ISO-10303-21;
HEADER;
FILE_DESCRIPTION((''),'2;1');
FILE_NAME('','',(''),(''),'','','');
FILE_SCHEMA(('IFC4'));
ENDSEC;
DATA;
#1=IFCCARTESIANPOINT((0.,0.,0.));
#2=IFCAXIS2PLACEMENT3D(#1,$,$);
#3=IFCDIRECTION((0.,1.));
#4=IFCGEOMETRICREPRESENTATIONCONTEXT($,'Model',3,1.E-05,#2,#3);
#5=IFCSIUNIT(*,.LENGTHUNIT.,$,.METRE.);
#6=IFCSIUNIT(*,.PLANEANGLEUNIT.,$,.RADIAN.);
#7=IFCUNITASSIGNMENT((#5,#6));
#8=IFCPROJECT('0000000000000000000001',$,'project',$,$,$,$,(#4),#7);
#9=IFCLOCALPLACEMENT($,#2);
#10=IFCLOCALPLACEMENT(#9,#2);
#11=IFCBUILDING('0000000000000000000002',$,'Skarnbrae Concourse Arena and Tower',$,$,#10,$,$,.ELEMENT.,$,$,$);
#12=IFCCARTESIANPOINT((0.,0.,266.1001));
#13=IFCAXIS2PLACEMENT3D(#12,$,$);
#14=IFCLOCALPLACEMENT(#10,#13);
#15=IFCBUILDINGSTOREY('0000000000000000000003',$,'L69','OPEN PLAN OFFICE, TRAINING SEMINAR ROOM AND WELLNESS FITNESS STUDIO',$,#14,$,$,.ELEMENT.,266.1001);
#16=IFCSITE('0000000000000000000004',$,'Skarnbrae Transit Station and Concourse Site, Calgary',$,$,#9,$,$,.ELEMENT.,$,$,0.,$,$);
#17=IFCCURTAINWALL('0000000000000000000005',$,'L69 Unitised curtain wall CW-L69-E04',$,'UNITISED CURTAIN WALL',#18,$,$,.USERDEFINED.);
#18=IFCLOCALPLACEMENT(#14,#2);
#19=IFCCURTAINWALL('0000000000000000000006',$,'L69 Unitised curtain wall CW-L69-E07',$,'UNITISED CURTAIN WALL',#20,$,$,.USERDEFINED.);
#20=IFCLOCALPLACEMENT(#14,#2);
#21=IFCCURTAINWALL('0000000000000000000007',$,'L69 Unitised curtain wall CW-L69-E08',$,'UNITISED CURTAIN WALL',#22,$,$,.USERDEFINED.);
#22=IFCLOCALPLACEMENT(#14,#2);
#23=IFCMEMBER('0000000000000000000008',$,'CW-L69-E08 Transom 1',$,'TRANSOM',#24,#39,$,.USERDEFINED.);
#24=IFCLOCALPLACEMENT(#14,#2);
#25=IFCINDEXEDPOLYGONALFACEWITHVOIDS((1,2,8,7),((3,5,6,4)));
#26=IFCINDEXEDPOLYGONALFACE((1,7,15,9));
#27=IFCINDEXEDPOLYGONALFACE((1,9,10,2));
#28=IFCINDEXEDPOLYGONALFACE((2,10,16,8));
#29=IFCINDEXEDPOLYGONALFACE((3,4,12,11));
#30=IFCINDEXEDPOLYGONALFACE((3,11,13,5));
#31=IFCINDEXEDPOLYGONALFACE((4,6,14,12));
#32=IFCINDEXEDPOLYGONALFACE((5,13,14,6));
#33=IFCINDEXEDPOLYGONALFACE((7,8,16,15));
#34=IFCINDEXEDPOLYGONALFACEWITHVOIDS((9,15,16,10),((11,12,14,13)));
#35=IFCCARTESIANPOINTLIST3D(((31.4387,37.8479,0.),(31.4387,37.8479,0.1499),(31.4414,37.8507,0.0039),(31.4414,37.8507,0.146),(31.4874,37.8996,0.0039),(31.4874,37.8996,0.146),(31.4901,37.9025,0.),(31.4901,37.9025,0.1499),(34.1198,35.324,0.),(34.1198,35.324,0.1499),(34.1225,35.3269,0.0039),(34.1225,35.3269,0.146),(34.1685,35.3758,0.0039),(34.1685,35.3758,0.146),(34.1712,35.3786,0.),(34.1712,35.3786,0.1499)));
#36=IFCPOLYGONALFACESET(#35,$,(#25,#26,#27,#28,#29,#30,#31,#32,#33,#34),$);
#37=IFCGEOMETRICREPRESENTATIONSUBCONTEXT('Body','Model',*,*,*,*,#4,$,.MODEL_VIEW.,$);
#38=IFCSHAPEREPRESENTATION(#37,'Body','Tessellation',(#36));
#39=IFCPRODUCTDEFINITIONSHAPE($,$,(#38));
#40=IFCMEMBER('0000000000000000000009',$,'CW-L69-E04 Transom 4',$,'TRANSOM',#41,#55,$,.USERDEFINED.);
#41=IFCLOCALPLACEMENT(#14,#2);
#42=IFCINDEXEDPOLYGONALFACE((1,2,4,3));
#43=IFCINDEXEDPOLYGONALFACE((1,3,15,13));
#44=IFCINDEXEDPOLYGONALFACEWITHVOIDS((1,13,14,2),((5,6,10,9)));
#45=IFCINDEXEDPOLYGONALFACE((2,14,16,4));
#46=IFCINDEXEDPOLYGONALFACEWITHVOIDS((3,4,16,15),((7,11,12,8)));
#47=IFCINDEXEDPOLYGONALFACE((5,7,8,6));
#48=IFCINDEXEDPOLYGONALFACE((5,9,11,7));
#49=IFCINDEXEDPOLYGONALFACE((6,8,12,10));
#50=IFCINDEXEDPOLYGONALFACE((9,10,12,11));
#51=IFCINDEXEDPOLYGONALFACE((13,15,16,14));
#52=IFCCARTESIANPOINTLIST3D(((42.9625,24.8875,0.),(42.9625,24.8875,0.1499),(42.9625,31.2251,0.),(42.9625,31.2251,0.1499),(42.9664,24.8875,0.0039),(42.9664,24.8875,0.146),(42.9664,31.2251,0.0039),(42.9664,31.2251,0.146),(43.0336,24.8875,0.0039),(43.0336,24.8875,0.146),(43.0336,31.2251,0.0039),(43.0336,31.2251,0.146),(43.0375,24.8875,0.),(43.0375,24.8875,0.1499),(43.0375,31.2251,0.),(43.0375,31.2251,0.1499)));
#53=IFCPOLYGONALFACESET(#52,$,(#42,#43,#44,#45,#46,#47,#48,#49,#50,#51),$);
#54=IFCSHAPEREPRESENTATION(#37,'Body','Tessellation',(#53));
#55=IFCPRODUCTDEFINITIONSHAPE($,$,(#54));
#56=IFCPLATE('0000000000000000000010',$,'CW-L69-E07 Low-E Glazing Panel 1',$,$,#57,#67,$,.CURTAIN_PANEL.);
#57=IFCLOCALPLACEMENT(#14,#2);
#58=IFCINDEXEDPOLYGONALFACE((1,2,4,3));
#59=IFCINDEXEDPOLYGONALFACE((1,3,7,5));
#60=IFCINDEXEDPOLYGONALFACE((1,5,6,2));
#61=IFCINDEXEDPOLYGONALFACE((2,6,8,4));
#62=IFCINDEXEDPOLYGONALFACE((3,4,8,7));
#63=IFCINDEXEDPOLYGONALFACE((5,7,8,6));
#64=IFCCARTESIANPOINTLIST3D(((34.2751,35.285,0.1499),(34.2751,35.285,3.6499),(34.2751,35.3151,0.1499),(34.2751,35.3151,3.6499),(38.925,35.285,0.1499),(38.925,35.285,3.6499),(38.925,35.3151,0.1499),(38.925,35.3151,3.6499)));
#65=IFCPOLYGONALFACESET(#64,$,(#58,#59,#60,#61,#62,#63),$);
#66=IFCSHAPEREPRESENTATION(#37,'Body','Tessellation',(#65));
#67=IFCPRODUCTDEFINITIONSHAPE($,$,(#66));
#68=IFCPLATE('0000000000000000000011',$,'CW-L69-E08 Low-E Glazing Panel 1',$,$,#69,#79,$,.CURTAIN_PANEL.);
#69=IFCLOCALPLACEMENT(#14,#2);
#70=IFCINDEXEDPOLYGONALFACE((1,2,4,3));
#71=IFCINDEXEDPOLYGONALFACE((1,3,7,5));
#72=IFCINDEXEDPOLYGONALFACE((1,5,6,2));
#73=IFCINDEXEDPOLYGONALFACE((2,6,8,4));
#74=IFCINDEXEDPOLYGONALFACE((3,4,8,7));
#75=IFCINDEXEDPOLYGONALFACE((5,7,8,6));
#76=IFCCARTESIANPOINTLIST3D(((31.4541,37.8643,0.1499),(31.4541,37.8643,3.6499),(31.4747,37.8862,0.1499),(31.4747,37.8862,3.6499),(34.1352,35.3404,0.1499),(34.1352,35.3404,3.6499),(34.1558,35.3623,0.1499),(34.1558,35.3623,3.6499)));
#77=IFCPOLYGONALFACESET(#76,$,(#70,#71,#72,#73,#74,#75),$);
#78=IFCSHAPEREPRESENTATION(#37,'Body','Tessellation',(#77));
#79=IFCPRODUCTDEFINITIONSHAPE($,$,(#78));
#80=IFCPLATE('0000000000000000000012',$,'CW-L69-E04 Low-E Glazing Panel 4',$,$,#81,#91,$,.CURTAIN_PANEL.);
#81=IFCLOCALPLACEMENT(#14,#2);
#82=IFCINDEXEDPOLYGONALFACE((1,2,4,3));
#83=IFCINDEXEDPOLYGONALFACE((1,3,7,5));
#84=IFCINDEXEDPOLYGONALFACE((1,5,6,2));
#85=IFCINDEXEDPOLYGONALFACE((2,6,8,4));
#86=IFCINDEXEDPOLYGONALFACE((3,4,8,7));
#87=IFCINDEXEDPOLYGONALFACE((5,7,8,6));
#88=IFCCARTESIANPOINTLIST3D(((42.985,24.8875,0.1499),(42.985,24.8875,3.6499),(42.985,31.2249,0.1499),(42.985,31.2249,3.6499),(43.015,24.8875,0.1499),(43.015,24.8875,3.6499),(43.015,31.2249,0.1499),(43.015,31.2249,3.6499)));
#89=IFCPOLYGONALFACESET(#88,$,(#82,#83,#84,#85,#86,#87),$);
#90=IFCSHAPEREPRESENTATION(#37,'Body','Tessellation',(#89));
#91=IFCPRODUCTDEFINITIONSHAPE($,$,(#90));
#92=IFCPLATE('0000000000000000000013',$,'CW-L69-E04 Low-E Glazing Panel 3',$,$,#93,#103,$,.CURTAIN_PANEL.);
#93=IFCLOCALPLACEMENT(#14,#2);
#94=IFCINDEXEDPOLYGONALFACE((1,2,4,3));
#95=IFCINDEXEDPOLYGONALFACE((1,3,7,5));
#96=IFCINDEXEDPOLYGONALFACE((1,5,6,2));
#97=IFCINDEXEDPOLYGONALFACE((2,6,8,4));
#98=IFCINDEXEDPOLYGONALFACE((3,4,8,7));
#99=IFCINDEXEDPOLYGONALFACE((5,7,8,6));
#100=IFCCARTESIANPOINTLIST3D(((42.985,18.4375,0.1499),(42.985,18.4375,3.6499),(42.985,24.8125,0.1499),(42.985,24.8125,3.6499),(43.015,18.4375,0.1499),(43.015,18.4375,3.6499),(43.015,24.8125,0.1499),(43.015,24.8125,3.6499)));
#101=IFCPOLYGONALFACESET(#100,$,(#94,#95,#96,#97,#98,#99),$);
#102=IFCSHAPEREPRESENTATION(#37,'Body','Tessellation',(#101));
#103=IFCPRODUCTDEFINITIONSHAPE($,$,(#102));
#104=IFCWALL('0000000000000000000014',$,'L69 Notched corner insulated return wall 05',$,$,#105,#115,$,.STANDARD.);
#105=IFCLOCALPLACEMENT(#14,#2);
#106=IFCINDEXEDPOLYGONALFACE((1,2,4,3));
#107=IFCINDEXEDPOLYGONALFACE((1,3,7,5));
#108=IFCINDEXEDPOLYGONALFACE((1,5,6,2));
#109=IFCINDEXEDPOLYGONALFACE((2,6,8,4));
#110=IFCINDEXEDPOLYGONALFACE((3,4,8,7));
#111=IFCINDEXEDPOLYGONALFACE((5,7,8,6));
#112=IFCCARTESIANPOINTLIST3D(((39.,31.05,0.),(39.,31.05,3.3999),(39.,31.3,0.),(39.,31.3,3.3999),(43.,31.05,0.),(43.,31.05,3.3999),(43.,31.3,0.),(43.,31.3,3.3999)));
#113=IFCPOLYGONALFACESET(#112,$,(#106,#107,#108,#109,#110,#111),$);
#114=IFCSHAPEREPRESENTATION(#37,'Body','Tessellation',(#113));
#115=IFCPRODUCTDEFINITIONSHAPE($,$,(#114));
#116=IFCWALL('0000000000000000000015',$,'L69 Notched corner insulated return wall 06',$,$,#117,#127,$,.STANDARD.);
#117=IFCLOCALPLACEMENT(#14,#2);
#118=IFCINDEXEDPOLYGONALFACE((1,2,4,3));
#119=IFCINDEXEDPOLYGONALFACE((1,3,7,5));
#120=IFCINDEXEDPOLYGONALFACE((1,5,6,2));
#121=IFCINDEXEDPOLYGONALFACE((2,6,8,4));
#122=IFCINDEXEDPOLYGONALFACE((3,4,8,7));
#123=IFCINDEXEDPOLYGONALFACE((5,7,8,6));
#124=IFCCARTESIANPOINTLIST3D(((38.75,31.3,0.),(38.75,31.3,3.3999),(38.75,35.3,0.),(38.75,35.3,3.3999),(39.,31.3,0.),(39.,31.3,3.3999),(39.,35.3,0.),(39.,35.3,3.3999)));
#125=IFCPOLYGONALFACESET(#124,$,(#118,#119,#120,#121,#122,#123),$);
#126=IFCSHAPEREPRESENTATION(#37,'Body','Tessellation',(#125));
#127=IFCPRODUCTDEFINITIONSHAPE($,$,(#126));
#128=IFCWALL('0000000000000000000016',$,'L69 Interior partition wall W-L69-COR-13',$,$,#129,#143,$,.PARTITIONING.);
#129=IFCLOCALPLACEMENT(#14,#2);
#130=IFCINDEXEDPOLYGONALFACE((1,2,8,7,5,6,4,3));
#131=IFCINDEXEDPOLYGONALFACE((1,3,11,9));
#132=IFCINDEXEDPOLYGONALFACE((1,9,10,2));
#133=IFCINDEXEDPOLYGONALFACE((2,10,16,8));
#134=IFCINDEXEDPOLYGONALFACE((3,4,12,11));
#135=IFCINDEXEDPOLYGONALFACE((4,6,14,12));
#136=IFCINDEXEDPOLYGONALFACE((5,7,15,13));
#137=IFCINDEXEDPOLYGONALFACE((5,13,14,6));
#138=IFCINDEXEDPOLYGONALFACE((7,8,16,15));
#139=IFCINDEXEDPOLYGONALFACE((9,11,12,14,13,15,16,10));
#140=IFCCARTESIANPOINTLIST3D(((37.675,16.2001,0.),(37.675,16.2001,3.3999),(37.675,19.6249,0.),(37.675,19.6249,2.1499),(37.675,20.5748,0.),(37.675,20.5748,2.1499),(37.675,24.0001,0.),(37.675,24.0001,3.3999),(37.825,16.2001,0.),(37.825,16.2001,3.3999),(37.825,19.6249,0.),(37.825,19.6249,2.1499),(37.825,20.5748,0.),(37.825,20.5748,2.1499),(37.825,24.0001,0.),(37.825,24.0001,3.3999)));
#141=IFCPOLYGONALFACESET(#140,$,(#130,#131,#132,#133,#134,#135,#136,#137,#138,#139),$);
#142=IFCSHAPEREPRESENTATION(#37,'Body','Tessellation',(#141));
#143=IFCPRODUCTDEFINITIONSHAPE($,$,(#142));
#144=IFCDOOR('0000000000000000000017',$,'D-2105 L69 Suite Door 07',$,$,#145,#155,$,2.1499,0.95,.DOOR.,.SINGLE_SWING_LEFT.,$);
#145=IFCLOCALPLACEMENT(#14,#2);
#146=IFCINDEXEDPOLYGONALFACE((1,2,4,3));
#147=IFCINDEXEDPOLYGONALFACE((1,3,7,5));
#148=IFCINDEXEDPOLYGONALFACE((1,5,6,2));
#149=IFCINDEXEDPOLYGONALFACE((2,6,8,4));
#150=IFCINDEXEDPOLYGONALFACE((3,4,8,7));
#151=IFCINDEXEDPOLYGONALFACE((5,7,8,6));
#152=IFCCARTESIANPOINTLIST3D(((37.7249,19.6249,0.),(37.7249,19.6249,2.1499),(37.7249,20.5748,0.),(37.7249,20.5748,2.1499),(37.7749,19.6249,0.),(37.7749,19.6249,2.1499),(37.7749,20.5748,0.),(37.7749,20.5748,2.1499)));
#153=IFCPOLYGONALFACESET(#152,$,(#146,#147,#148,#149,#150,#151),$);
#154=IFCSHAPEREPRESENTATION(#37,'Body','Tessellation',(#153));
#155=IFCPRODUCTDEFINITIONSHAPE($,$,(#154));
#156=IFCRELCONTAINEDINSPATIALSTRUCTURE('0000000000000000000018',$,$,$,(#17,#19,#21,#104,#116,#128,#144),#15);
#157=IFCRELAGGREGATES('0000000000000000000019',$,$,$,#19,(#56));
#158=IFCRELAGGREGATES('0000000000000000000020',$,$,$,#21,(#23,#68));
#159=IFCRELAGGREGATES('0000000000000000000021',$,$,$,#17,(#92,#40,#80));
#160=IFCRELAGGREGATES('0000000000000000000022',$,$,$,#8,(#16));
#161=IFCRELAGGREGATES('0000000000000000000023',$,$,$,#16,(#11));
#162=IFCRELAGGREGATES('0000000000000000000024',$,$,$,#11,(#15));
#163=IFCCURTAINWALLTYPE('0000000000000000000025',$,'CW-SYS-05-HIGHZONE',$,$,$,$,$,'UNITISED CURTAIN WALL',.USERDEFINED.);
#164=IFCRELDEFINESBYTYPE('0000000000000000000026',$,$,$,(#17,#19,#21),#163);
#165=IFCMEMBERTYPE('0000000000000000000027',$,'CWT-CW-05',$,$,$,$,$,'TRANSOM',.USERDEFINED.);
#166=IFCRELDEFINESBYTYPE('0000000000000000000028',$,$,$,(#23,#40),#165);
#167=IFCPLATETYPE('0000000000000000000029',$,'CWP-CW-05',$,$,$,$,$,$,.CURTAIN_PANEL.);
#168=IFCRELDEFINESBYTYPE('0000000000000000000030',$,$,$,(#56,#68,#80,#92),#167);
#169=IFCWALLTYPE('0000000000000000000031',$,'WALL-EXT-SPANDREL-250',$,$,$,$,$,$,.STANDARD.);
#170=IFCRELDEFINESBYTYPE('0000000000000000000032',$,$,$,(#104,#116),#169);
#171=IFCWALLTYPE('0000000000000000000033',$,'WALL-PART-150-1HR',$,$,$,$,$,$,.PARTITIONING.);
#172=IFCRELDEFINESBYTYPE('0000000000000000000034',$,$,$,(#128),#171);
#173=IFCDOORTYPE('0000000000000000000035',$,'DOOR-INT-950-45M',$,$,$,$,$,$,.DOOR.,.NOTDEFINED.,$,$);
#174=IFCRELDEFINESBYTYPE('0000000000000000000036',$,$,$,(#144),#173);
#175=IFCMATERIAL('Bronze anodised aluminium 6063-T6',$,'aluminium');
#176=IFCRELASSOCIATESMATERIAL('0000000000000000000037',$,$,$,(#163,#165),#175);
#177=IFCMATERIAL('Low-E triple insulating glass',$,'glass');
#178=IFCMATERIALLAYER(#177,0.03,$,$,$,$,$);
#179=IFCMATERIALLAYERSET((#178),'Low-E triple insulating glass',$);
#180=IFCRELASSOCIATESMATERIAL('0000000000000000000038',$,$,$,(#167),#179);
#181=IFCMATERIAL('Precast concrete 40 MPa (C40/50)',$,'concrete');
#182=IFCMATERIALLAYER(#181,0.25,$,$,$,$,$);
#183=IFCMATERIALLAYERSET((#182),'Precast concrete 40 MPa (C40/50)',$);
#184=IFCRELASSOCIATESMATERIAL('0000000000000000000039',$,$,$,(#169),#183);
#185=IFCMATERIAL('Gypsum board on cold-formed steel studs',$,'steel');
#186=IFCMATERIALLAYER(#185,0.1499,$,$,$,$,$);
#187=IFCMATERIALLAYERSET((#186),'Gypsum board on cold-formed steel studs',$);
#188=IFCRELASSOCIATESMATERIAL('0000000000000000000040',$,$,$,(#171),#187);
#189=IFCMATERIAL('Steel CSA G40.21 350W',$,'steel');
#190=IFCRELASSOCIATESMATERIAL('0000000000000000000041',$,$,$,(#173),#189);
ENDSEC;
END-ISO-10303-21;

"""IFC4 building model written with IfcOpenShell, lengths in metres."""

from ifc_helpers import new_model, si_unit, direction, frame, frame_2d, origin, origin_2d, place, context, subcontext, project, spatial, rectangle, hollow_rectangle, extrude, source, transform, mapped, material, layer, layer_set, material_profile, profile_set, type_object, element, fill, aggregate, save


model = new_model("IFC4")

# Units and contexts
model_context = context("Model", 3, precision=1e-05, world=origin(), true_north=direction((0.0, 1.0)))
body_context = subcontext(model_context, "Body", "Model", "MODEL_VIEW")
ifc_project = project(units=[si_unit("LENGTHUNIT", "METRE"), si_unit("PLANEANGLEUNIT", "RADIAN")], contexts=[model_context])

# Site, building, storey
site_placement = place(None, origin())
site = spatial("IfcSite", under=ifc_project, at=site_placement, Name="Skarnbrae Transit Station and Concourse Site, Calgary", CompositionType="ELEMENT", RefElevation=0.0)
building_placement = place(site_placement, origin())
building = spatial("IfcBuilding", under=site, at=building_placement, Name="Skarnbrae Concourse Arena and Tower", CompositionType="ELEMENT")
storey_placement = place(building_placement, frame((0.0, 0.0, 266.1001)))
storey = spatial("IfcBuildingStorey", under=building, at=storey_placement, Name="L69", Description="OPEN PLAN OFFICE, TRAINING SEMINAR ROOM AND WELLNESS FITNESS STUDIO", CompositionType="ELEMENT", Elevation=266.1001)

# Shared definitions
ifc_material_1 = material(Name="Steel CSA G40.21 350W", Category="steel")

# Curtain walls
ifc_material_2 = material(Name="Bronze anodised aluminium 6063-T6", Category="aluminium")
curtain_wall_type = type_object("IfcCurtainWallType", Name="CW-SYS-05-HIGHZONE", ElementType="UNITISED CURTAIN WALL", PredefinedType="USERDEFINED", material=ifc_material_2)
curtain_wall_1_placement = place(storey_placement, origin())
curtain_wall_1 = element("IfcCurtainWall", 1, at=curtain_wall_1_placement, inside=storey, type_object=curtain_wall_type, Name="L69 Unitised curtain wall CW-L69-E04", ObjectType="UNITISED CURTAIN WALL", PredefinedType="USERDEFINED")
curtain_wall_2_placement = place(storey_placement, origin())
curtain_wall_2 = element("IfcCurtainWall", 2, at=curtain_wall_2_placement, inside=storey, type_object=curtain_wall_type, Name="L69 Unitised curtain wall CW-L69-E07", ObjectType="UNITISED CURTAIN WALL", PredefinedType="USERDEFINED")

# Curtain wall
curtain_wall_3_placement = place(storey_placement, origin())
curtain_wall_3 = element("IfcCurtainWall", 3, at=curtain_wall_3_placement, inside=storey, type_object=curtain_wall_type, Name="L69 Unitised curtain wall CW-L69-E08", ObjectType="UNITISED CURTAIN WALL", PredefinedType="USERDEFINED")

# Members
ifc_material_profile_1 = material_profile(ifc_material_2, hollow_rectangle(XDim=0.075, YDim=0.1499, WallThickness=0.0039, at=origin_2d()), Name="ALU-TRAN-75X150")
ifc_profile_set_1 = profile_set([ifc_material_profile_1], Name="Bronze anodised aluminium 6063-T6")
member_type_1 = type_object("IfcMemberType", Name="CWT-CW-05", ElementType="TRANSOM", PredefinedType="USERDEFINED", material=ifc_profile_set_1)
shared_shape_1 = source(origin(), body_context, "Body", "SweptSolid", [
    extrude(hollow_rectangle(XDim=0.075, YDim=0.1499, WallThickness=0.0039, at=origin_2d()), origin(), (0.0, 0.0, 1.0), 3.6821),
])
member_1_placement = place(storey_placement, frame((34.1455, 35.3513, 0.075), z_axis=(-0.728134, 0.685435, 0.0), x_axis=(-0.685435, -0.728134, 0.0)))
member_1 = element("IfcMember", 4, at=member_1_placement, type_object=member_type_1, Name="CW-L69-E08 Transom 1", ObjectType="TRANSOM", PredefinedType="USERDEFINED", context=body_context, shape_type="MappedRepresentation", body=[
    mapped(shared_shape_1, transform((0.0, 0.0, 0.0))),
])
shared_shape_2 = source(origin(), body_context, "Body", "SweptSolid", [
    extrude(hollow_rectangle(XDim=0.075, YDim=0.1499, WallThickness=0.0039, at=origin_2d()), origin(), (0.0, 0.0, 1.0), 6.3376),
])
member_2_placement = place(storey_placement, frame((43.0, 24.8875, 0.075), z_axis=(0.0, 1.0, 0.0), x_axis=(-1.0, 0.0, 0.0)))
member_2 = element("IfcMember", 5, at=member_2_placement, type_object=member_type_1, Name="CW-L69-E04 Transom 4", ObjectType="TRANSOM", PredefinedType="USERDEFINED", context=body_context, shape_type="MappedRepresentation", body=[
    mapped(shared_shape_2, transform((0.0, 0.0, 0.0))),
])

# Plates
ifc_material_3 = material(Name="Low-E triple insulating glass", Category="glass")
ifc_layer_1 = layer(ifc_material_3, 0.03)
ifc_layer_set_1 = layer_set([ifc_layer_1], Name="Low-E triple insulating glass")
plate_type = type_object("IfcPlateType", Name="CWP-CW-05", PredefinedType="CURTAIN_PANEL", material=ifc_layer_set_1)
shared_shape_3 = source(origin(), body_context, "Body", "SweptSolid", [
    extrude(rectangle(XDim=4.6499, YDim=0.03, at=origin_2d()), origin(), (0.0, 0.0, 1.0), 3.5),
])
plate_1_placement = place(storey_placement, frame((36.6001, 35.3, 0.1499), z_axis=(0.0, 0.0, 1.0), x_axis=(-1.0, 0.0, 0.0)))
plate_1 = element("IfcPlate", 6, at=plate_1_placement, type_object=plate_type, Name="CW-L69-E07 Low-E Glazing Panel 1", PredefinedType="CURTAIN_PANEL", context=body_context, shape_type="MappedRepresentation", body=[
    mapped(shared_shape_3, transform((0.0, 0.0, 0.0))),
])
aggregate(curtain_wall_2, [plate_1])
shared_shape_4 = source(origin(), body_context, "Body", "SweptSolid", [
    extrude(rectangle(XDim=3.6821, YDim=0.03, at=origin_2d()), origin(), (0.0, 0.0, 1.0), 3.5),
])
plate_2_placement = place(storey_placement, frame((32.8049, 36.6133, 0.1499), z_axis=(0.0, 0.0, 1.0), x_axis=(-0.728131, 0.685438, 0.0)))
plate_2 = element("IfcPlate", 7, at=plate_2_placement, type_object=plate_type, Name="CW-L69-E08 Low-E Glazing Panel 1", PredefinedType="CURTAIN_PANEL", context=body_context, shape_type="MappedRepresentation", body=[
    mapped(shared_shape_4, transform((0.0, 0.0, 0.0))),
])
aggregate(curtain_wall_3, [member_1, plate_2])
shared_shape_5 = source(origin(), body_context, "Body", "SweptSolid", [
    extrude(rectangle(XDim=6.3374, YDim=0.03, at=origin_2d()), origin(), (0.0, 0.0, 1.0), 3.5),
])
plate_3_placement = place(storey_placement, frame((43.0, 28.0562, 0.1499), z_axis=(0.0, 0.0, 1.0), x_axis=(0.0, 1.0, 0.0)))
plate_3 = element("IfcPlate", 8, at=plate_3_placement, type_object=plate_type, Name="CW-L69-E04 Low-E Glazing Panel 4", PredefinedType="CURTAIN_PANEL", context=body_context, shape_type="MappedRepresentation", body=[
    mapped(shared_shape_5, transform((0.0, 0.0, 0.0))),
])
shared_shape_6 = source(origin(), body_context, "Body", "SweptSolid", [
    extrude(rectangle(XDim=6.375, YDim=0.03, at=origin_2d()), origin(), (0.0, 0.0, 1.0), 3.5),
])
plate_4_placement = place(storey_placement, frame((43.0, 21.625, 0.1499), z_axis=(0.0, 0.0, 1.0), x_axis=(0.0, 1.0, 0.0)))
plate_4 = element("IfcPlate", 9, at=plate_4_placement, type_object=plate_type, Name="CW-L69-E04 Low-E Glazing Panel 3", PredefinedType="CURTAIN_PANEL", context=body_context, shape_type="MappedRepresentation", body=[
    mapped(shared_shape_6, transform((0.0, 0.0, 0.0))),
])
aggregate(curtain_wall_1, [plate_4, member_2, plate_3])

# Walls
ifc_material_4 = material(Name="Precast concrete 40 MPa (C40/50)", Category="concrete")
ifc_layer_2 = layer(ifc_material_4, 0.25)
ifc_layer_set_2 = layer_set([ifc_layer_2], Name="Precast concrete 40 MPa (C40/50)")
wall_type_1 = type_object("IfcWallType", Name="WALL-EXT-SPANDREL-250", PredefinedType="STANDARD", material=ifc_layer_set_2)
shared_shape_7 = source(origin(), body_context, "Body", "SweptSolid", [
    extrude(rectangle(XDim=4.0, YDim=0.25, at=frame_2d((2.0, 0.0))), origin(), (0.0, 0.0, 1.0), 3.3999),
])
for number, where, z_axis, x_axis, name in (
    (10, (43.0, 31.175, 0.0), (0.0, 0.0, 1.0), (-1.0, 0.0, 0.0), "L69 Notched corner insulated return wall 05"),
    (11, (38.875, 31.3, 0.0), (0.0, 0.0, 1.0), (0.0, 1.0, 0.0), "L69 Notched corner insulated return wall 06"),
):
    element("IfcWall", number, at=place(storey_placement, frame(where, z_axis=z_axis, x_axis=x_axis)), inside=storey, type_object=wall_type_1, Name=name, PredefinedType="STANDARD", context=body_context, shape_type="MappedRepresentation", body=[
        mapped(shared_shape_7, transform((0.0, 0.0, 0.0))),
    ])

# Wall, opening, door
ifc_material_5 = material(Name="Gypsum board on cold-formed steel studs", Category="steel")
ifc_layer_3 = layer(ifc_material_5, 0.1499)
ifc_layer_set_3 = layer_set([ifc_layer_3], Name="Gypsum board on cold-formed steel studs")
wall_type_2 = type_object("IfcWallType", Name="WALL-PART-150-1HR", PredefinedType="PARTITIONING", material=ifc_layer_set_3)
shared_shape_8 = source(origin(), body_context, "Body", "SweptSolid", [
    extrude(rectangle(XDim=7.8, YDim=0.1499, at=frame_2d((3.8999, 0.0))), origin(), (0.0, 0.0, 1.0), 3.3999),
])
wall_1_placement = place(storey_placement, frame((37.75, 24.0, 0.0), z_axis=(0.0, 0.0, 1.0), x_axis=(0.0, -1.0, 0.0)))
wall_1 = element("IfcWall", 12, at=wall_1_placement, inside=storey, type_object=wall_type_2, Name="L69 Interior partition wall W-L69-COR-13", PredefinedType="PARTITIONING", context=body_context, shape_type="MappedRepresentation", body=[
    mapped(shared_shape_8, transform((0.0, 0.0, 0.0))),
])
opening_1_placement = place(wall_1_placement, frame((3.425, 0.0, 0.0)))
opening_1 = element("IfcOpeningElement", 13, at=opening_1_placement, cuts=wall_1, PredefinedType="OPENING", context=body_context, shape_type="SweptSolid", body=[
    extrude(rectangle(XDim=0.95, YDim=2.1499, at=frame_2d((0.4751, 1.075))), frame((0.0, 0.085, 0.0), z_axis=(0.0, -1.0, 0.0), x_axis=(1.0, 0.0, 0.0)), (0.0, 0.0, 1.0), 0.1699),
])
door_type = type_object("IfcDoorType", Name="DOOR-INT-950-45M", OperationType="NOTDEFINED", PredefinedType="DOOR", material=ifc_material_1)
shared_shape_9 = source(origin(), body_context, "Body", "SweptSolid", [
    extrude(rectangle(XDim=0.95, YDim=2.1499, at=frame_2d((0.4751, 1.075))), frame((0.0, 0.0249, 0.0), z_axis=(0.0, -1.0, 0.0), x_axis=(1.0, 0.0, 0.0)), (0.0, 0.0, 1.0), 0.05),
])
door_1_placement = place(opening_1_placement, origin())
door_1 = element("IfcDoor", 14, at=door_1_placement, inside=storey, type_object=door_type, Name="D-2105 L69 Suite Door 07", OperationType="SINGLE_SWING_LEFT", OverallHeight=2.1499, OverallWidth=0.95, PredefinedType="DOOR", context=body_context, shape_type="MappedRepresentation", body=[
    mapped(shared_shape_9, transform((0.0, 0.0, 0.0))),
])
fill(opening_1, door_1)

save(model, "model.ifc")
